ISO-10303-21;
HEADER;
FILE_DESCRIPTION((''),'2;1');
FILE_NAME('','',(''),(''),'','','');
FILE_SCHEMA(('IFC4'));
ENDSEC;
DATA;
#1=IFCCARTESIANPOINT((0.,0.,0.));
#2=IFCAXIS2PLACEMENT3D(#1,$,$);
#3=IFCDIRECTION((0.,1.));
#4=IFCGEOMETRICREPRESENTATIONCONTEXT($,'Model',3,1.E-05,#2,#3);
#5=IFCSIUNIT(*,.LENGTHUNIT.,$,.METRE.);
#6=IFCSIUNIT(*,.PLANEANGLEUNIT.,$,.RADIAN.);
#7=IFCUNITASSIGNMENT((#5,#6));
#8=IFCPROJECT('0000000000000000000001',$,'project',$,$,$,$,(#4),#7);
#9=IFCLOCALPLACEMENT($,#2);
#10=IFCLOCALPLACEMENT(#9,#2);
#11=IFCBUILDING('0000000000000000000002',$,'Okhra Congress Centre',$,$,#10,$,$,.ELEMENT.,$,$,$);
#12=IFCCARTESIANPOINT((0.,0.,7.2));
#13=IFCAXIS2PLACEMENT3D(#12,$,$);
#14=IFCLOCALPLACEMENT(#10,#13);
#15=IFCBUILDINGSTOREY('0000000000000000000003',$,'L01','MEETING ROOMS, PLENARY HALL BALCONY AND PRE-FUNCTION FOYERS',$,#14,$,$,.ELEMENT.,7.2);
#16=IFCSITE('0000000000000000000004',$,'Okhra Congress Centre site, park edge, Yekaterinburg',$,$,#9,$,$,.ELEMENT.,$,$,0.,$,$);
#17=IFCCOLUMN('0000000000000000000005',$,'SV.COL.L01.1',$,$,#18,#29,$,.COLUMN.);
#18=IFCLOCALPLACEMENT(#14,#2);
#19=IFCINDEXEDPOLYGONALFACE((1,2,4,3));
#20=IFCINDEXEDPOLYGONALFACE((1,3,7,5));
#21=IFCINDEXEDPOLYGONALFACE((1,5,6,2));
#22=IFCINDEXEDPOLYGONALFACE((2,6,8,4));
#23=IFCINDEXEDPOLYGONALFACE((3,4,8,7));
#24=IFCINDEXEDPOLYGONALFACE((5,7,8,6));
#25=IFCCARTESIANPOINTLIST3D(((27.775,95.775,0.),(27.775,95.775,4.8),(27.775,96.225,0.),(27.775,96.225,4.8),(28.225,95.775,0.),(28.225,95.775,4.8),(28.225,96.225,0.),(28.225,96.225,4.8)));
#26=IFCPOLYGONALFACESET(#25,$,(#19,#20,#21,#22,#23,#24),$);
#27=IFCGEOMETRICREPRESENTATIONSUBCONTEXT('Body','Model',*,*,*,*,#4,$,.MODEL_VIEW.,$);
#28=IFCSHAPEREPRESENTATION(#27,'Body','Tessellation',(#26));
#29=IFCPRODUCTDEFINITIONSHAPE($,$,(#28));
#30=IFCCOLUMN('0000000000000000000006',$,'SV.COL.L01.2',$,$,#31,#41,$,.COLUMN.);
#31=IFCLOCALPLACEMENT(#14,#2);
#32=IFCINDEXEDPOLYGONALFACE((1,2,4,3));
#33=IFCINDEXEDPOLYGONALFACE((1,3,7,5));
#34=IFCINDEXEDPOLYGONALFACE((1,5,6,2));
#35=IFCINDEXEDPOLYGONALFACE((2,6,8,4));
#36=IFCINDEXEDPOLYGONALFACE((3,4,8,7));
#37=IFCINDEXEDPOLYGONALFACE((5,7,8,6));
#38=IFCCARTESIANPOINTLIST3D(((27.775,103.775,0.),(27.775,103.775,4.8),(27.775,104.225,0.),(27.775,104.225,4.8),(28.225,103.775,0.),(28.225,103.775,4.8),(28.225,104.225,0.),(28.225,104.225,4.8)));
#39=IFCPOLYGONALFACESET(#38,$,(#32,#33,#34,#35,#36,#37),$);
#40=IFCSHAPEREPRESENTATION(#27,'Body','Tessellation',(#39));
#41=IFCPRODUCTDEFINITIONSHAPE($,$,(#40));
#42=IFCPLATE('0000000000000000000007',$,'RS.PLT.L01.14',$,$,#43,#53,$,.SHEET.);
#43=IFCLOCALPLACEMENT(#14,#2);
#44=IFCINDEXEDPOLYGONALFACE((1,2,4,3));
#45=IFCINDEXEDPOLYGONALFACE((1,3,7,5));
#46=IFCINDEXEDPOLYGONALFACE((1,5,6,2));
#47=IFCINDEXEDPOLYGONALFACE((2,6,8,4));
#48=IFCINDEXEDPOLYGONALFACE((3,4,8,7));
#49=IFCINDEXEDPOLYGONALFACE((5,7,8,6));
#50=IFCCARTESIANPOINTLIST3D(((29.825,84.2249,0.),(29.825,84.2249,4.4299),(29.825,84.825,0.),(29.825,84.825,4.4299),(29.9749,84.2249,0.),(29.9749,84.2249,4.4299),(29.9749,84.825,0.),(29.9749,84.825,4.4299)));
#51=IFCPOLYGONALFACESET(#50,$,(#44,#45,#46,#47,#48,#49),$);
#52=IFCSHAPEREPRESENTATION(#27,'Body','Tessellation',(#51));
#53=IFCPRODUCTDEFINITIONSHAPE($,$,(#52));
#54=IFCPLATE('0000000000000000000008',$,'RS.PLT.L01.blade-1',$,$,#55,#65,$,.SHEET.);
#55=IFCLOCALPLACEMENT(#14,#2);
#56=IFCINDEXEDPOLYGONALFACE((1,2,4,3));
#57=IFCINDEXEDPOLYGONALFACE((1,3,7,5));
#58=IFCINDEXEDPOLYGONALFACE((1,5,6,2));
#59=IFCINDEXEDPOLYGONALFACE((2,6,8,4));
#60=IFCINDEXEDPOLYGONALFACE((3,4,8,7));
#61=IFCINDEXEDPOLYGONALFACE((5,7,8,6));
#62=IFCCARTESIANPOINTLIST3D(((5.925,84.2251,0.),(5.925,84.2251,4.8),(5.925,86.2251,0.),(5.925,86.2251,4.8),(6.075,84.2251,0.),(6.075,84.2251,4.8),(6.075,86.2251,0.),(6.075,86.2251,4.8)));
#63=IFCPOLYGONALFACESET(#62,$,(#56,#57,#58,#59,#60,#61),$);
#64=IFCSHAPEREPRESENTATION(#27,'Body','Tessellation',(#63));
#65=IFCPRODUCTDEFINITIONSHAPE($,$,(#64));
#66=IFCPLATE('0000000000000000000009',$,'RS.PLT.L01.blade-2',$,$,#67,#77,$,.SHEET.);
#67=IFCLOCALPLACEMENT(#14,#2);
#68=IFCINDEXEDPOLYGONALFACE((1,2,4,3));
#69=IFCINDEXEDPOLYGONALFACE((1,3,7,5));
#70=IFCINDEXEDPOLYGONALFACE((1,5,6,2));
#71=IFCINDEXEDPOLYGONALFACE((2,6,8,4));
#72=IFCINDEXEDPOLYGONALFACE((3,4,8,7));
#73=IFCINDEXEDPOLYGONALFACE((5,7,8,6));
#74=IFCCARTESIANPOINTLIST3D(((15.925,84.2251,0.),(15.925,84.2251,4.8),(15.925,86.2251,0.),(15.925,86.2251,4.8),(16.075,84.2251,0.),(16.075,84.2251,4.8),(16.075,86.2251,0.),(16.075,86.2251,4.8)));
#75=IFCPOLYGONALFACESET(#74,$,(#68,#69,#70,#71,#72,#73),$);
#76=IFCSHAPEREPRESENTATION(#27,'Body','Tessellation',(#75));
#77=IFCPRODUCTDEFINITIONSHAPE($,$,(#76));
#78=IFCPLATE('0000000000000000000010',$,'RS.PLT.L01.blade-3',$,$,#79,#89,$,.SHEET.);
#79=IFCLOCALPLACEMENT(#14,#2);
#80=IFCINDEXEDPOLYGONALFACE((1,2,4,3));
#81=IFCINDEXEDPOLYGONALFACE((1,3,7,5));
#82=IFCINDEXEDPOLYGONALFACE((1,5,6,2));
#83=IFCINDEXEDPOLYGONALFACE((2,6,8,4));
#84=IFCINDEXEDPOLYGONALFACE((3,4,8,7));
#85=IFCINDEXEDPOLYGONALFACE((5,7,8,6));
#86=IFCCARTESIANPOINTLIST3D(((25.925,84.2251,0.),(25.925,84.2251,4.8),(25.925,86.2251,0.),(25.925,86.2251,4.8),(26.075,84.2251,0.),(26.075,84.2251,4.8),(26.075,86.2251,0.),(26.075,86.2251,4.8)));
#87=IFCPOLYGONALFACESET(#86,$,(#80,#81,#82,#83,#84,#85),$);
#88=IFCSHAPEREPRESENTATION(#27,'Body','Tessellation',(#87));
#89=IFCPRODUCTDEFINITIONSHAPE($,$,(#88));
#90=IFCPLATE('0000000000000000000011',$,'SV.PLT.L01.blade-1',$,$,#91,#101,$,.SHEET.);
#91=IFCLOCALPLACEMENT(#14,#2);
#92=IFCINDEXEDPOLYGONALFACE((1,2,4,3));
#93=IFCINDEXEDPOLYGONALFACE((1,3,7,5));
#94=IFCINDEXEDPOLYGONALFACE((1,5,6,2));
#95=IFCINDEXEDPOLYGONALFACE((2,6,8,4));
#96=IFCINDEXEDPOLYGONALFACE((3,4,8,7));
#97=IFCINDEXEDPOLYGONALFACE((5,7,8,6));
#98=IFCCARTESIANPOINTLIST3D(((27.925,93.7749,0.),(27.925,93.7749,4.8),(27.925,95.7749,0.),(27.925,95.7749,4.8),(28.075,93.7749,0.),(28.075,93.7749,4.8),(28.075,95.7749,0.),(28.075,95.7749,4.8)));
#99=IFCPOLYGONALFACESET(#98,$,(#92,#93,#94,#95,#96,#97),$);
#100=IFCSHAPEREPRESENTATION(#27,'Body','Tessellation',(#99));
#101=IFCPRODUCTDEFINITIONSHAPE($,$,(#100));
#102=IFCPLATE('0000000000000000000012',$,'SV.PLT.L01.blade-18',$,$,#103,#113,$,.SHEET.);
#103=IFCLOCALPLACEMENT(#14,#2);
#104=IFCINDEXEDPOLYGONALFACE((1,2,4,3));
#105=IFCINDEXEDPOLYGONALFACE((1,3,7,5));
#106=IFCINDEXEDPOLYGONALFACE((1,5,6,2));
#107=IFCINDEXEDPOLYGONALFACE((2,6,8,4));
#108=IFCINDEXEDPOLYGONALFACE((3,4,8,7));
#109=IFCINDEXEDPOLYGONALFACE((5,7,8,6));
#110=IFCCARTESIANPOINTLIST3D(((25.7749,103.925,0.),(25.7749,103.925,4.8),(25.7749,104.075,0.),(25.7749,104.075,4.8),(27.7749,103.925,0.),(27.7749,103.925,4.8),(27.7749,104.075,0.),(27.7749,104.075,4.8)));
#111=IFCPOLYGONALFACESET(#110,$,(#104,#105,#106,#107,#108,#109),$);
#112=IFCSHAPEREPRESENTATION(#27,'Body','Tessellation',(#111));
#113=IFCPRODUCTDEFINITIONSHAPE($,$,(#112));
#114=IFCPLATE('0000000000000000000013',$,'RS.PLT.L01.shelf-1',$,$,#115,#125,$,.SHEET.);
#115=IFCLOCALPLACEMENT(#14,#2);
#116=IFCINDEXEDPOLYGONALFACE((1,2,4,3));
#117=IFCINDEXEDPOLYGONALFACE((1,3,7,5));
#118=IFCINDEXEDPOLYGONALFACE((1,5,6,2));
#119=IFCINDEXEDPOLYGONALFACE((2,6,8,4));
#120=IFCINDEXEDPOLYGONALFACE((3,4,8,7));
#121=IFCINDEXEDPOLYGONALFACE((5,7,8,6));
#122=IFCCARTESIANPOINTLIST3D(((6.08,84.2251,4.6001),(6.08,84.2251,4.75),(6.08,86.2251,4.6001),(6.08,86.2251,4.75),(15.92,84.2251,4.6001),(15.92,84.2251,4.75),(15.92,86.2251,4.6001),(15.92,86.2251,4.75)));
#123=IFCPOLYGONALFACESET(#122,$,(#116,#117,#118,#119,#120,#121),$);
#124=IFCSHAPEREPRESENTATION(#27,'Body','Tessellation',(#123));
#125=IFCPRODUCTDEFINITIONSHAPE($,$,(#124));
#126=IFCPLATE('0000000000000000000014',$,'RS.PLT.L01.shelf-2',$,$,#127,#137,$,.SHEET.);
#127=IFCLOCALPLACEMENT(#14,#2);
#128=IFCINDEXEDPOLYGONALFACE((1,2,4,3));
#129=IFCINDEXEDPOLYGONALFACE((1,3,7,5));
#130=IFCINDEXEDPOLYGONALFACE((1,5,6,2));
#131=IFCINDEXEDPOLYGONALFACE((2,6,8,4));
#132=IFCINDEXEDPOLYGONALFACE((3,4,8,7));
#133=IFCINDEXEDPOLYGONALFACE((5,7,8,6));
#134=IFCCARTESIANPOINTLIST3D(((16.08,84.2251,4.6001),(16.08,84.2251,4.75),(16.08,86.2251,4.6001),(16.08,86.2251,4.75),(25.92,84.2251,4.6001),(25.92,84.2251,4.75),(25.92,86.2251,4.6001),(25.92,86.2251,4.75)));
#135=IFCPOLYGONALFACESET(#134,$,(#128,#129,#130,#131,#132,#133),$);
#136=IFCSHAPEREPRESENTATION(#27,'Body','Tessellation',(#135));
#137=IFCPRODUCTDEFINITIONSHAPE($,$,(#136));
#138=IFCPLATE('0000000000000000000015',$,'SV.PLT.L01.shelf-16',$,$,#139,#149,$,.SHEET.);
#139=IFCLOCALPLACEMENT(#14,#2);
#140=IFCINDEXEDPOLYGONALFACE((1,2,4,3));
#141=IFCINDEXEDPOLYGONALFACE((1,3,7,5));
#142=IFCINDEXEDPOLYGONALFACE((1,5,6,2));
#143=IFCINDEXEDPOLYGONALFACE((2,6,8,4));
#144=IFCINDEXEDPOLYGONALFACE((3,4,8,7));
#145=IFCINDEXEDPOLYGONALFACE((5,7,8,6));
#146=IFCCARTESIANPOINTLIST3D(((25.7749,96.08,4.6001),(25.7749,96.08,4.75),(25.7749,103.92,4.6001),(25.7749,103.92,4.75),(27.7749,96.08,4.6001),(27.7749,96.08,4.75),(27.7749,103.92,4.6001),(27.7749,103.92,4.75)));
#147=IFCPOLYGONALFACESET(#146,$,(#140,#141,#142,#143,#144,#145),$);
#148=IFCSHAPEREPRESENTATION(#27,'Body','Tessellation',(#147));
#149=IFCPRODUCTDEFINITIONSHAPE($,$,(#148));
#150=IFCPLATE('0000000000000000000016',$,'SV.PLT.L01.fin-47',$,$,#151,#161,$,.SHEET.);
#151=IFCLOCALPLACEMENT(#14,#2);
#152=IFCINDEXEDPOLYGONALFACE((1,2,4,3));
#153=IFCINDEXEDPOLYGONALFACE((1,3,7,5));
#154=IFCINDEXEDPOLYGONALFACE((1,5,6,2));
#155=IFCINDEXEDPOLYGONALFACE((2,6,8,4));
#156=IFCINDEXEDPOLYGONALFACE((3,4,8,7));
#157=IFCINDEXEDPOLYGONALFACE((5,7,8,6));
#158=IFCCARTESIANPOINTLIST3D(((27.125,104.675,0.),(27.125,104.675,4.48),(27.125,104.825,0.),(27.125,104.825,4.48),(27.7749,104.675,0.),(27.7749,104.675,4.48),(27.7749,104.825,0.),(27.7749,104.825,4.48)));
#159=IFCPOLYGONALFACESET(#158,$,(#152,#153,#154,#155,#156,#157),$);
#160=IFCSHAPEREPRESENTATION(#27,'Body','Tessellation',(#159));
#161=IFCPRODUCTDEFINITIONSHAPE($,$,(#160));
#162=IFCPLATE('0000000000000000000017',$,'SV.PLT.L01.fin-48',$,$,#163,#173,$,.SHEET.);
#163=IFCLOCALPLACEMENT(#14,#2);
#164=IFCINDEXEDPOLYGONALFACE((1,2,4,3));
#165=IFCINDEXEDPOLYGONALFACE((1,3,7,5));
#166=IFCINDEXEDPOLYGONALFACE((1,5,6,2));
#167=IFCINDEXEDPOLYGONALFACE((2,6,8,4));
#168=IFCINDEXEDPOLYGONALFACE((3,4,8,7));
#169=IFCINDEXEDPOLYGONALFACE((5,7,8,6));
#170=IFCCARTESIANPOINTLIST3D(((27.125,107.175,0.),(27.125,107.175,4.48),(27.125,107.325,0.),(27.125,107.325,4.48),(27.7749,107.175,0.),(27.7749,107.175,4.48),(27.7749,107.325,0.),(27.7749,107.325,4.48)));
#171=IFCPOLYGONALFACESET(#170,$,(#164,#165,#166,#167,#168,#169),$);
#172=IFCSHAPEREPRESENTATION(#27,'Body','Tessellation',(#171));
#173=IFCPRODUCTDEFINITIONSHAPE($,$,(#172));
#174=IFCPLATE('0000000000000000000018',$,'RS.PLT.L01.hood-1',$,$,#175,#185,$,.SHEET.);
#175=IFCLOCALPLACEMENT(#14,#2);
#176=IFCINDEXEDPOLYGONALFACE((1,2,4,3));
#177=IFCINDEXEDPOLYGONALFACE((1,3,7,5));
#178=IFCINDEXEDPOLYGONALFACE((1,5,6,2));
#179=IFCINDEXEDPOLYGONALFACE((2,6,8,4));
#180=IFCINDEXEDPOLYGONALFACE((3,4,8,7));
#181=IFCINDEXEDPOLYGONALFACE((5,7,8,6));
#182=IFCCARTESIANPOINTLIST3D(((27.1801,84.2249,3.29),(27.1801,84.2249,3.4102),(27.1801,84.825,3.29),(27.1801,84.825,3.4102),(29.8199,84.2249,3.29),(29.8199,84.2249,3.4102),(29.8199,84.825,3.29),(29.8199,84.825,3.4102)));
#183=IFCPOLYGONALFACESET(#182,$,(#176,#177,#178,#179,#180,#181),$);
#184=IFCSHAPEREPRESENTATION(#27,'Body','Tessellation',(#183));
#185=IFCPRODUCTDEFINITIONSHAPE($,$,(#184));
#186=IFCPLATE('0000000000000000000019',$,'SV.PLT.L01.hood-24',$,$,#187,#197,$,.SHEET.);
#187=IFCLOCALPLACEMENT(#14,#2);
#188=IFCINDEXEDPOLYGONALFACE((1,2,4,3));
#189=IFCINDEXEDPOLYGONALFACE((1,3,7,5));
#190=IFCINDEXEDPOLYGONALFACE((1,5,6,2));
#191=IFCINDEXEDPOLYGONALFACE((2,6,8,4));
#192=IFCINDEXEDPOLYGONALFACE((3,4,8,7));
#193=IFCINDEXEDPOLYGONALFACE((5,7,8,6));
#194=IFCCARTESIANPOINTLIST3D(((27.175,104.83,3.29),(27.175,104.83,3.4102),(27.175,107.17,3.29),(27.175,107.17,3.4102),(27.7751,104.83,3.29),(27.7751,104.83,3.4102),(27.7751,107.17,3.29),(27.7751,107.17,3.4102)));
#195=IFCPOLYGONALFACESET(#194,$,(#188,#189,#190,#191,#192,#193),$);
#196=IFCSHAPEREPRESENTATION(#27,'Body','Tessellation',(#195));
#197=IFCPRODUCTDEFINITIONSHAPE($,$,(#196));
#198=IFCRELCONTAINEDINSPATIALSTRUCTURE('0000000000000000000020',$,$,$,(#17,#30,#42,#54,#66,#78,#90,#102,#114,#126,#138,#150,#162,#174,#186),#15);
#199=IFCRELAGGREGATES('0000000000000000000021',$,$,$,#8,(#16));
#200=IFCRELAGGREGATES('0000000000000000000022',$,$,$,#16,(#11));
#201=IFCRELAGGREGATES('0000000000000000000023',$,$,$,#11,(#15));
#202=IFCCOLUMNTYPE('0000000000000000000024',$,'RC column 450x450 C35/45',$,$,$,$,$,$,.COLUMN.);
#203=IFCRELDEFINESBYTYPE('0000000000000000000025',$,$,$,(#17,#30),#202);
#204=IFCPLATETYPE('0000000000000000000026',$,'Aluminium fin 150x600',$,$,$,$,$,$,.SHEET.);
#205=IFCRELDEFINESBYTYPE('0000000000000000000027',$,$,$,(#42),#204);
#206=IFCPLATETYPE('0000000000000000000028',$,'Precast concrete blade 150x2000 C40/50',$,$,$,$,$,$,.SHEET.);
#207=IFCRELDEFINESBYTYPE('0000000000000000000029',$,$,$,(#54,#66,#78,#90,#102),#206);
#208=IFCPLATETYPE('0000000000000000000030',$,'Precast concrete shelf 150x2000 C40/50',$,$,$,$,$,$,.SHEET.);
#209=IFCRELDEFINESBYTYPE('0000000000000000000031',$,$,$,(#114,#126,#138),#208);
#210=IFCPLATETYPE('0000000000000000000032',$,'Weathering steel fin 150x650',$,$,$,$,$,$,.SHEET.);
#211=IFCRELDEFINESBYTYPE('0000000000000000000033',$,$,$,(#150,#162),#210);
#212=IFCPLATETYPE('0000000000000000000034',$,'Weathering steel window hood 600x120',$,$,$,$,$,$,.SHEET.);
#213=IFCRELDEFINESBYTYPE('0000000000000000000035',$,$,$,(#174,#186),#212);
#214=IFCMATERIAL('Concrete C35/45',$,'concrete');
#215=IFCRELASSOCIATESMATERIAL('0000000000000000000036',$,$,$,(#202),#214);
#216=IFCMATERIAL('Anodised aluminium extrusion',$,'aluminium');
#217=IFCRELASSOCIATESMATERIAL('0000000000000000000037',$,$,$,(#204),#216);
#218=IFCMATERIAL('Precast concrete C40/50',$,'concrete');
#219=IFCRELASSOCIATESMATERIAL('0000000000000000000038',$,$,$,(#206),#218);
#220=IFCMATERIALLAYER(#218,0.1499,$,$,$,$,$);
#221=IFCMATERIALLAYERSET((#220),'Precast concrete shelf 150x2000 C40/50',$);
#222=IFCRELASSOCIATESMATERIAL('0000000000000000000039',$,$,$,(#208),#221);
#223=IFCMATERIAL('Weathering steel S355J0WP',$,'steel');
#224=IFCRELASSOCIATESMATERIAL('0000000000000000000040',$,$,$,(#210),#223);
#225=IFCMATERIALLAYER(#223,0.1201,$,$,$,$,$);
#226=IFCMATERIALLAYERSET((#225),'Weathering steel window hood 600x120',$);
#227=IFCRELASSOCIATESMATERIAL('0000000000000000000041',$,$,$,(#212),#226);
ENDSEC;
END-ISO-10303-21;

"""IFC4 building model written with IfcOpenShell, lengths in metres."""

from ifc_helpers import new_model, si_unit, direction, frame, origin, origin_2d, place, context, subcontext, project, spatial, rectangle, extrude, material, layer, layer_set, material_profile, profile_set, type_object, element, save


model = new_model("IFC4")

# Units and contexts
model_context = context("Model", 3, precision=1e-05, world=origin(), true_north=direction((0.0, 1.0)))
body_context = subcontext(model_context, "Body", "Model", "MODEL_VIEW")
ifc_project = project(units=[si_unit("LENGTHUNIT", "METRE"), si_unit("PLANEANGLEUNIT", "RADIAN")], contexts=[model_context])

# Site, building, storey
site_placement = place(None, origin())
site = spatial("IfcSite", under=ifc_project, at=site_placement, Name="Okhra Congress Centre site, park edge, Yekaterinburg", CompositionType="ELEMENT", RefElevation=0.0)
building_placement = place(site_placement, origin())
building = spatial("IfcBuilding", under=site, at=building_placement, Name="Okhra Congress Centre", CompositionType="ELEMENT")
storey_placement = place(building_placement, frame((0.0, 0.0, 7.2)))
storey = spatial("IfcBuildingStorey", under=building, at=storey_placement, Name="L01", Description="MEETING ROOMS, PLENARY HALL BALCONY AND PRE-FUNCTION FOYERS", CompositionType="ELEMENT", Elevation=7.2)

# Columns
ifc_material_1 = material(Name="Concrete C35/45", Category="concrete")
ifc_material_profile = material_profile(ifc_material_1, rectangle(XDim=0.45, YDim=0.45, at=origin_2d()), Name="RC 450x450")
ifc_profile_set = profile_set([ifc_material_profile], Name="Concrete C35/45")
column_type = type_object("IfcColumnType", Name="RC column 450x450 C35/45", PredefinedType="COLUMN", material=ifc_profile_set)
for number, where, z_axis, x_axis, name in (
    (1, (28.0, 96.0, 0.0), (0.0, 0.0, 1.0), (1.0, 0.0, 0.0), "SV.COL.L01.1"),
    (2, (28.0, 104.0, 0.0), (0.0, 0.0, 1.0), (1.0, 0.0, 0.0), "SV.COL.L01.2"),
):
    element("IfcColumn", number, at=place(storey_placement, frame(where, z_axis=z_axis, x_axis=x_axis)), inside=storey, type_object=column_type, Name=name, PredefinedType="COLUMN", context=body_context, shape_type="SweptSolid", body=[
        extrude(rectangle(XDim=0.45, YDim=0.45, at=origin_2d()), origin(), (0.0, 0.0, 1.0), 4.8),
    ])

# Plates
ifc_material_2 = material(Name="Anodised aluminium extrusion", Category="aluminium")
plate_type_1 = type_object("IfcPlateType", Name="Aluminium fin 150x600", PredefinedType="SHEET", material=ifc_material_2)
plate_1_placement = place(storey_placement, frame((29.8999, 84.5249, 0.0), z_axis=(0.0, 0.0, 1.0), x_axis=(-1.0, 0.0, 0.0)))
element("IfcPlate", 3, at=plate_1_placement, inside=storey, type_object=plate_type_1, Name="RS.PLT.L01.14", PredefinedType="SHEET", context=body_context, shape_type="SweptSolid", body=[
    extrude(rectangle(XDim=0.1499, YDim=0.6001, at=origin_2d()), origin(), (0.0, 0.0, 1.0), 4.4299),
])
ifc_material_3 = material(Name="Precast concrete C40/50", Category="concrete")
plate_type_2 = type_object("IfcPlateType", Name="Precast concrete blade 150x2000 C40/50", PredefinedType="SHEET", material=ifc_material_3)
for number, where, z_axis, x_axis, name in (
    (4, (6.0, 85.2251, 0.0), (0.0, 0.0, 1.0), (-1.0, 0.0, 0.0), "RS.PLT.L01.blade-1"),
    (5, (16.0, 85.2251, 0.0), (0.0, 0.0, 1.0), (-1.0, 0.0, 0.0), "RS.PLT.L01.blade-2"),
    (6, (26.0, 85.2251, 0.0), (0.0, 0.0, 1.0), (-1.0, 0.0, 0.0), "RS.PLT.L01.blade-3"),
    (7, (28.0, 94.7749, 0.0), (0.0, 0.0, 1.0), (1.0, 0.0, 0.0), "SV.PLT.L01.blade-1"),
    (8, (26.7749, 104.0, 0.0), (0.0, 0.0, 1.0), (0.0, -1.0, 0.0), "SV.PLT.L01.blade-18"),
):
    element("IfcPlate", number, at=place(storey_placement, frame(where, z_axis=z_axis, x_axis=x_axis)), inside=storey, type_object=plate_type_2, Name=name, PredefinedType="SHEET", context=body_context, shape_type="SweptSolid", body=[
        extrude(rectangle(XDim=0.1499, YDim=2.0, at=origin_2d()), origin(), (0.0, 0.0, 1.0), 4.8),
    ])
ifc_layer_1 = layer(ifc_material_3, 0.1499)
ifc_layer_set_1 = layer_set([ifc_layer_1], Name="Precast concrete shelf 150x2000 C40/50")
plate_type_3 = type_object("IfcPlateType", Name="Precast concrete shelf 150x2000 C40/50", PredefinedType="SHEET", material=ifc_layer_set_1)
for number, where, z_axis, x_axis, name in (
    (9, (11.0, 85.2251, 4.6001), (0.0, 0.0, 1.0), (-1.0, 0.0, 0.0), "RS.PLT.L01.shelf-1"),
    (10, (21.0, 85.2251, 4.6001), (0.0, 0.0, 1.0), (-1.0, 0.0, 0.0), "RS.PLT.L01.shelf-2"),
):
    element("IfcPlate", number, at=place(storey_placement, frame(where, z_axis=z_axis, x_axis=x_axis)), inside=storey, type_object=plate_type_3, Name=name, PredefinedType="SHEET", context=body_context, shape_type="SweptSolid", body=[
        extrude(rectangle(XDim=9.8401, YDim=2.0, at=origin_2d()), origin(), (0.0, 0.0, 1.0), 0.1499),
    ])
plate_2_placement = place(storey_placement, frame((26.7749, 100.0, 4.6001), z_axis=(0.0, 0.0, 1.0), x_axis=(0.0, -1.0, 0.0)))
element("IfcPlate", 11, at=plate_2_placement, inside=storey, type_object=plate_type_3, Name="SV.PLT.L01.shelf-16", PredefinedType="SHEET", context=body_context, shape_type="SweptSolid", body=[
    extrude(rectangle(XDim=7.8401, YDim=2.0, at=origin_2d()), origin(), (0.0, 0.0, 1.0), 0.1499),
])
ifc_material_4 = material(Name="Weathering steel S355J0WP", Category="steel")
plate_type_4 = type_object("IfcPlateType", Name="Weathering steel fin 150x650", PredefinedType="SHEET", material=ifc_material_4)
for number, where, z_axis, x_axis, name in (
    (12, (27.45, 104.75, 0.0), (0.0, 0.0, 1.0), (0.0, -1.0, 0.0), "SV.PLT.L01.fin-47"),
    (13, (27.45, 107.25, 0.0), (0.0, 0.0, 1.0), (0.0, -1.0, 0.0), "SV.PLT.L01.fin-48"),
):
    element("IfcPlate", number, at=place(storey_placement, frame(where, z_axis=z_axis, x_axis=x_axis)), inside=storey, type_object=plate_type_4, Name=name, PredefinedType="SHEET", context=body_context, shape_type="SweptSolid", body=[
        extrude(rectangle(XDim=0.1499, YDim=0.6499, at=origin_2d()), origin(), (0.0, 0.0, 1.0), 4.48),
    ])
ifc_layer_2 = layer(ifc_material_4, 0.1201)
ifc_layer_set_2 = layer_set([ifc_layer_2], Name="Weathering steel window hood 600x120")
plate_type_5 = type_object("IfcPlateType", Name="Weathering steel window hood 600x120", PredefinedType="SHEET", material=ifc_layer_set_2)
plate_3_placement = place(storey_placement, frame((28.5, 84.5249, 3.29), z_axis=(0.0, 0.0, 1.0), x_axis=(-1.0, 0.0, 0.0)))
element("IfcPlate", 14, at=plate_3_placement, inside=storey, type_object=plate_type_5, Name="RS.PLT.L01.hood-1", PredefinedType="SHEET", context=body_context, shape_type="SweptSolid", body=[
    extrude(rectangle(XDim=2.6399, YDim=0.6001, at=origin_2d()), origin(), (0.0, 0.0, 1.0), 0.1201),
])
plate_4_placement = place(storey_placement, frame((27.4751, 106.0, 3.29), z_axis=(0.0, 0.0, 1.0), x_axis=(0.0, -1.0, 0.0)))
element("IfcPlate", 15, at=plate_4_placement, inside=storey, type_object=plate_type_5, Name="SV.PLT.L01.hood-24", PredefinedType="SHEET", context=body_context, shape_type="SweptSolid", body=[
    extrude(rectangle(XDim=2.3401, YDim=0.6001, at=origin_2d()), origin(), (0.0, 0.0, 1.0), 0.1201),
])

save(model, "model.ifc")
